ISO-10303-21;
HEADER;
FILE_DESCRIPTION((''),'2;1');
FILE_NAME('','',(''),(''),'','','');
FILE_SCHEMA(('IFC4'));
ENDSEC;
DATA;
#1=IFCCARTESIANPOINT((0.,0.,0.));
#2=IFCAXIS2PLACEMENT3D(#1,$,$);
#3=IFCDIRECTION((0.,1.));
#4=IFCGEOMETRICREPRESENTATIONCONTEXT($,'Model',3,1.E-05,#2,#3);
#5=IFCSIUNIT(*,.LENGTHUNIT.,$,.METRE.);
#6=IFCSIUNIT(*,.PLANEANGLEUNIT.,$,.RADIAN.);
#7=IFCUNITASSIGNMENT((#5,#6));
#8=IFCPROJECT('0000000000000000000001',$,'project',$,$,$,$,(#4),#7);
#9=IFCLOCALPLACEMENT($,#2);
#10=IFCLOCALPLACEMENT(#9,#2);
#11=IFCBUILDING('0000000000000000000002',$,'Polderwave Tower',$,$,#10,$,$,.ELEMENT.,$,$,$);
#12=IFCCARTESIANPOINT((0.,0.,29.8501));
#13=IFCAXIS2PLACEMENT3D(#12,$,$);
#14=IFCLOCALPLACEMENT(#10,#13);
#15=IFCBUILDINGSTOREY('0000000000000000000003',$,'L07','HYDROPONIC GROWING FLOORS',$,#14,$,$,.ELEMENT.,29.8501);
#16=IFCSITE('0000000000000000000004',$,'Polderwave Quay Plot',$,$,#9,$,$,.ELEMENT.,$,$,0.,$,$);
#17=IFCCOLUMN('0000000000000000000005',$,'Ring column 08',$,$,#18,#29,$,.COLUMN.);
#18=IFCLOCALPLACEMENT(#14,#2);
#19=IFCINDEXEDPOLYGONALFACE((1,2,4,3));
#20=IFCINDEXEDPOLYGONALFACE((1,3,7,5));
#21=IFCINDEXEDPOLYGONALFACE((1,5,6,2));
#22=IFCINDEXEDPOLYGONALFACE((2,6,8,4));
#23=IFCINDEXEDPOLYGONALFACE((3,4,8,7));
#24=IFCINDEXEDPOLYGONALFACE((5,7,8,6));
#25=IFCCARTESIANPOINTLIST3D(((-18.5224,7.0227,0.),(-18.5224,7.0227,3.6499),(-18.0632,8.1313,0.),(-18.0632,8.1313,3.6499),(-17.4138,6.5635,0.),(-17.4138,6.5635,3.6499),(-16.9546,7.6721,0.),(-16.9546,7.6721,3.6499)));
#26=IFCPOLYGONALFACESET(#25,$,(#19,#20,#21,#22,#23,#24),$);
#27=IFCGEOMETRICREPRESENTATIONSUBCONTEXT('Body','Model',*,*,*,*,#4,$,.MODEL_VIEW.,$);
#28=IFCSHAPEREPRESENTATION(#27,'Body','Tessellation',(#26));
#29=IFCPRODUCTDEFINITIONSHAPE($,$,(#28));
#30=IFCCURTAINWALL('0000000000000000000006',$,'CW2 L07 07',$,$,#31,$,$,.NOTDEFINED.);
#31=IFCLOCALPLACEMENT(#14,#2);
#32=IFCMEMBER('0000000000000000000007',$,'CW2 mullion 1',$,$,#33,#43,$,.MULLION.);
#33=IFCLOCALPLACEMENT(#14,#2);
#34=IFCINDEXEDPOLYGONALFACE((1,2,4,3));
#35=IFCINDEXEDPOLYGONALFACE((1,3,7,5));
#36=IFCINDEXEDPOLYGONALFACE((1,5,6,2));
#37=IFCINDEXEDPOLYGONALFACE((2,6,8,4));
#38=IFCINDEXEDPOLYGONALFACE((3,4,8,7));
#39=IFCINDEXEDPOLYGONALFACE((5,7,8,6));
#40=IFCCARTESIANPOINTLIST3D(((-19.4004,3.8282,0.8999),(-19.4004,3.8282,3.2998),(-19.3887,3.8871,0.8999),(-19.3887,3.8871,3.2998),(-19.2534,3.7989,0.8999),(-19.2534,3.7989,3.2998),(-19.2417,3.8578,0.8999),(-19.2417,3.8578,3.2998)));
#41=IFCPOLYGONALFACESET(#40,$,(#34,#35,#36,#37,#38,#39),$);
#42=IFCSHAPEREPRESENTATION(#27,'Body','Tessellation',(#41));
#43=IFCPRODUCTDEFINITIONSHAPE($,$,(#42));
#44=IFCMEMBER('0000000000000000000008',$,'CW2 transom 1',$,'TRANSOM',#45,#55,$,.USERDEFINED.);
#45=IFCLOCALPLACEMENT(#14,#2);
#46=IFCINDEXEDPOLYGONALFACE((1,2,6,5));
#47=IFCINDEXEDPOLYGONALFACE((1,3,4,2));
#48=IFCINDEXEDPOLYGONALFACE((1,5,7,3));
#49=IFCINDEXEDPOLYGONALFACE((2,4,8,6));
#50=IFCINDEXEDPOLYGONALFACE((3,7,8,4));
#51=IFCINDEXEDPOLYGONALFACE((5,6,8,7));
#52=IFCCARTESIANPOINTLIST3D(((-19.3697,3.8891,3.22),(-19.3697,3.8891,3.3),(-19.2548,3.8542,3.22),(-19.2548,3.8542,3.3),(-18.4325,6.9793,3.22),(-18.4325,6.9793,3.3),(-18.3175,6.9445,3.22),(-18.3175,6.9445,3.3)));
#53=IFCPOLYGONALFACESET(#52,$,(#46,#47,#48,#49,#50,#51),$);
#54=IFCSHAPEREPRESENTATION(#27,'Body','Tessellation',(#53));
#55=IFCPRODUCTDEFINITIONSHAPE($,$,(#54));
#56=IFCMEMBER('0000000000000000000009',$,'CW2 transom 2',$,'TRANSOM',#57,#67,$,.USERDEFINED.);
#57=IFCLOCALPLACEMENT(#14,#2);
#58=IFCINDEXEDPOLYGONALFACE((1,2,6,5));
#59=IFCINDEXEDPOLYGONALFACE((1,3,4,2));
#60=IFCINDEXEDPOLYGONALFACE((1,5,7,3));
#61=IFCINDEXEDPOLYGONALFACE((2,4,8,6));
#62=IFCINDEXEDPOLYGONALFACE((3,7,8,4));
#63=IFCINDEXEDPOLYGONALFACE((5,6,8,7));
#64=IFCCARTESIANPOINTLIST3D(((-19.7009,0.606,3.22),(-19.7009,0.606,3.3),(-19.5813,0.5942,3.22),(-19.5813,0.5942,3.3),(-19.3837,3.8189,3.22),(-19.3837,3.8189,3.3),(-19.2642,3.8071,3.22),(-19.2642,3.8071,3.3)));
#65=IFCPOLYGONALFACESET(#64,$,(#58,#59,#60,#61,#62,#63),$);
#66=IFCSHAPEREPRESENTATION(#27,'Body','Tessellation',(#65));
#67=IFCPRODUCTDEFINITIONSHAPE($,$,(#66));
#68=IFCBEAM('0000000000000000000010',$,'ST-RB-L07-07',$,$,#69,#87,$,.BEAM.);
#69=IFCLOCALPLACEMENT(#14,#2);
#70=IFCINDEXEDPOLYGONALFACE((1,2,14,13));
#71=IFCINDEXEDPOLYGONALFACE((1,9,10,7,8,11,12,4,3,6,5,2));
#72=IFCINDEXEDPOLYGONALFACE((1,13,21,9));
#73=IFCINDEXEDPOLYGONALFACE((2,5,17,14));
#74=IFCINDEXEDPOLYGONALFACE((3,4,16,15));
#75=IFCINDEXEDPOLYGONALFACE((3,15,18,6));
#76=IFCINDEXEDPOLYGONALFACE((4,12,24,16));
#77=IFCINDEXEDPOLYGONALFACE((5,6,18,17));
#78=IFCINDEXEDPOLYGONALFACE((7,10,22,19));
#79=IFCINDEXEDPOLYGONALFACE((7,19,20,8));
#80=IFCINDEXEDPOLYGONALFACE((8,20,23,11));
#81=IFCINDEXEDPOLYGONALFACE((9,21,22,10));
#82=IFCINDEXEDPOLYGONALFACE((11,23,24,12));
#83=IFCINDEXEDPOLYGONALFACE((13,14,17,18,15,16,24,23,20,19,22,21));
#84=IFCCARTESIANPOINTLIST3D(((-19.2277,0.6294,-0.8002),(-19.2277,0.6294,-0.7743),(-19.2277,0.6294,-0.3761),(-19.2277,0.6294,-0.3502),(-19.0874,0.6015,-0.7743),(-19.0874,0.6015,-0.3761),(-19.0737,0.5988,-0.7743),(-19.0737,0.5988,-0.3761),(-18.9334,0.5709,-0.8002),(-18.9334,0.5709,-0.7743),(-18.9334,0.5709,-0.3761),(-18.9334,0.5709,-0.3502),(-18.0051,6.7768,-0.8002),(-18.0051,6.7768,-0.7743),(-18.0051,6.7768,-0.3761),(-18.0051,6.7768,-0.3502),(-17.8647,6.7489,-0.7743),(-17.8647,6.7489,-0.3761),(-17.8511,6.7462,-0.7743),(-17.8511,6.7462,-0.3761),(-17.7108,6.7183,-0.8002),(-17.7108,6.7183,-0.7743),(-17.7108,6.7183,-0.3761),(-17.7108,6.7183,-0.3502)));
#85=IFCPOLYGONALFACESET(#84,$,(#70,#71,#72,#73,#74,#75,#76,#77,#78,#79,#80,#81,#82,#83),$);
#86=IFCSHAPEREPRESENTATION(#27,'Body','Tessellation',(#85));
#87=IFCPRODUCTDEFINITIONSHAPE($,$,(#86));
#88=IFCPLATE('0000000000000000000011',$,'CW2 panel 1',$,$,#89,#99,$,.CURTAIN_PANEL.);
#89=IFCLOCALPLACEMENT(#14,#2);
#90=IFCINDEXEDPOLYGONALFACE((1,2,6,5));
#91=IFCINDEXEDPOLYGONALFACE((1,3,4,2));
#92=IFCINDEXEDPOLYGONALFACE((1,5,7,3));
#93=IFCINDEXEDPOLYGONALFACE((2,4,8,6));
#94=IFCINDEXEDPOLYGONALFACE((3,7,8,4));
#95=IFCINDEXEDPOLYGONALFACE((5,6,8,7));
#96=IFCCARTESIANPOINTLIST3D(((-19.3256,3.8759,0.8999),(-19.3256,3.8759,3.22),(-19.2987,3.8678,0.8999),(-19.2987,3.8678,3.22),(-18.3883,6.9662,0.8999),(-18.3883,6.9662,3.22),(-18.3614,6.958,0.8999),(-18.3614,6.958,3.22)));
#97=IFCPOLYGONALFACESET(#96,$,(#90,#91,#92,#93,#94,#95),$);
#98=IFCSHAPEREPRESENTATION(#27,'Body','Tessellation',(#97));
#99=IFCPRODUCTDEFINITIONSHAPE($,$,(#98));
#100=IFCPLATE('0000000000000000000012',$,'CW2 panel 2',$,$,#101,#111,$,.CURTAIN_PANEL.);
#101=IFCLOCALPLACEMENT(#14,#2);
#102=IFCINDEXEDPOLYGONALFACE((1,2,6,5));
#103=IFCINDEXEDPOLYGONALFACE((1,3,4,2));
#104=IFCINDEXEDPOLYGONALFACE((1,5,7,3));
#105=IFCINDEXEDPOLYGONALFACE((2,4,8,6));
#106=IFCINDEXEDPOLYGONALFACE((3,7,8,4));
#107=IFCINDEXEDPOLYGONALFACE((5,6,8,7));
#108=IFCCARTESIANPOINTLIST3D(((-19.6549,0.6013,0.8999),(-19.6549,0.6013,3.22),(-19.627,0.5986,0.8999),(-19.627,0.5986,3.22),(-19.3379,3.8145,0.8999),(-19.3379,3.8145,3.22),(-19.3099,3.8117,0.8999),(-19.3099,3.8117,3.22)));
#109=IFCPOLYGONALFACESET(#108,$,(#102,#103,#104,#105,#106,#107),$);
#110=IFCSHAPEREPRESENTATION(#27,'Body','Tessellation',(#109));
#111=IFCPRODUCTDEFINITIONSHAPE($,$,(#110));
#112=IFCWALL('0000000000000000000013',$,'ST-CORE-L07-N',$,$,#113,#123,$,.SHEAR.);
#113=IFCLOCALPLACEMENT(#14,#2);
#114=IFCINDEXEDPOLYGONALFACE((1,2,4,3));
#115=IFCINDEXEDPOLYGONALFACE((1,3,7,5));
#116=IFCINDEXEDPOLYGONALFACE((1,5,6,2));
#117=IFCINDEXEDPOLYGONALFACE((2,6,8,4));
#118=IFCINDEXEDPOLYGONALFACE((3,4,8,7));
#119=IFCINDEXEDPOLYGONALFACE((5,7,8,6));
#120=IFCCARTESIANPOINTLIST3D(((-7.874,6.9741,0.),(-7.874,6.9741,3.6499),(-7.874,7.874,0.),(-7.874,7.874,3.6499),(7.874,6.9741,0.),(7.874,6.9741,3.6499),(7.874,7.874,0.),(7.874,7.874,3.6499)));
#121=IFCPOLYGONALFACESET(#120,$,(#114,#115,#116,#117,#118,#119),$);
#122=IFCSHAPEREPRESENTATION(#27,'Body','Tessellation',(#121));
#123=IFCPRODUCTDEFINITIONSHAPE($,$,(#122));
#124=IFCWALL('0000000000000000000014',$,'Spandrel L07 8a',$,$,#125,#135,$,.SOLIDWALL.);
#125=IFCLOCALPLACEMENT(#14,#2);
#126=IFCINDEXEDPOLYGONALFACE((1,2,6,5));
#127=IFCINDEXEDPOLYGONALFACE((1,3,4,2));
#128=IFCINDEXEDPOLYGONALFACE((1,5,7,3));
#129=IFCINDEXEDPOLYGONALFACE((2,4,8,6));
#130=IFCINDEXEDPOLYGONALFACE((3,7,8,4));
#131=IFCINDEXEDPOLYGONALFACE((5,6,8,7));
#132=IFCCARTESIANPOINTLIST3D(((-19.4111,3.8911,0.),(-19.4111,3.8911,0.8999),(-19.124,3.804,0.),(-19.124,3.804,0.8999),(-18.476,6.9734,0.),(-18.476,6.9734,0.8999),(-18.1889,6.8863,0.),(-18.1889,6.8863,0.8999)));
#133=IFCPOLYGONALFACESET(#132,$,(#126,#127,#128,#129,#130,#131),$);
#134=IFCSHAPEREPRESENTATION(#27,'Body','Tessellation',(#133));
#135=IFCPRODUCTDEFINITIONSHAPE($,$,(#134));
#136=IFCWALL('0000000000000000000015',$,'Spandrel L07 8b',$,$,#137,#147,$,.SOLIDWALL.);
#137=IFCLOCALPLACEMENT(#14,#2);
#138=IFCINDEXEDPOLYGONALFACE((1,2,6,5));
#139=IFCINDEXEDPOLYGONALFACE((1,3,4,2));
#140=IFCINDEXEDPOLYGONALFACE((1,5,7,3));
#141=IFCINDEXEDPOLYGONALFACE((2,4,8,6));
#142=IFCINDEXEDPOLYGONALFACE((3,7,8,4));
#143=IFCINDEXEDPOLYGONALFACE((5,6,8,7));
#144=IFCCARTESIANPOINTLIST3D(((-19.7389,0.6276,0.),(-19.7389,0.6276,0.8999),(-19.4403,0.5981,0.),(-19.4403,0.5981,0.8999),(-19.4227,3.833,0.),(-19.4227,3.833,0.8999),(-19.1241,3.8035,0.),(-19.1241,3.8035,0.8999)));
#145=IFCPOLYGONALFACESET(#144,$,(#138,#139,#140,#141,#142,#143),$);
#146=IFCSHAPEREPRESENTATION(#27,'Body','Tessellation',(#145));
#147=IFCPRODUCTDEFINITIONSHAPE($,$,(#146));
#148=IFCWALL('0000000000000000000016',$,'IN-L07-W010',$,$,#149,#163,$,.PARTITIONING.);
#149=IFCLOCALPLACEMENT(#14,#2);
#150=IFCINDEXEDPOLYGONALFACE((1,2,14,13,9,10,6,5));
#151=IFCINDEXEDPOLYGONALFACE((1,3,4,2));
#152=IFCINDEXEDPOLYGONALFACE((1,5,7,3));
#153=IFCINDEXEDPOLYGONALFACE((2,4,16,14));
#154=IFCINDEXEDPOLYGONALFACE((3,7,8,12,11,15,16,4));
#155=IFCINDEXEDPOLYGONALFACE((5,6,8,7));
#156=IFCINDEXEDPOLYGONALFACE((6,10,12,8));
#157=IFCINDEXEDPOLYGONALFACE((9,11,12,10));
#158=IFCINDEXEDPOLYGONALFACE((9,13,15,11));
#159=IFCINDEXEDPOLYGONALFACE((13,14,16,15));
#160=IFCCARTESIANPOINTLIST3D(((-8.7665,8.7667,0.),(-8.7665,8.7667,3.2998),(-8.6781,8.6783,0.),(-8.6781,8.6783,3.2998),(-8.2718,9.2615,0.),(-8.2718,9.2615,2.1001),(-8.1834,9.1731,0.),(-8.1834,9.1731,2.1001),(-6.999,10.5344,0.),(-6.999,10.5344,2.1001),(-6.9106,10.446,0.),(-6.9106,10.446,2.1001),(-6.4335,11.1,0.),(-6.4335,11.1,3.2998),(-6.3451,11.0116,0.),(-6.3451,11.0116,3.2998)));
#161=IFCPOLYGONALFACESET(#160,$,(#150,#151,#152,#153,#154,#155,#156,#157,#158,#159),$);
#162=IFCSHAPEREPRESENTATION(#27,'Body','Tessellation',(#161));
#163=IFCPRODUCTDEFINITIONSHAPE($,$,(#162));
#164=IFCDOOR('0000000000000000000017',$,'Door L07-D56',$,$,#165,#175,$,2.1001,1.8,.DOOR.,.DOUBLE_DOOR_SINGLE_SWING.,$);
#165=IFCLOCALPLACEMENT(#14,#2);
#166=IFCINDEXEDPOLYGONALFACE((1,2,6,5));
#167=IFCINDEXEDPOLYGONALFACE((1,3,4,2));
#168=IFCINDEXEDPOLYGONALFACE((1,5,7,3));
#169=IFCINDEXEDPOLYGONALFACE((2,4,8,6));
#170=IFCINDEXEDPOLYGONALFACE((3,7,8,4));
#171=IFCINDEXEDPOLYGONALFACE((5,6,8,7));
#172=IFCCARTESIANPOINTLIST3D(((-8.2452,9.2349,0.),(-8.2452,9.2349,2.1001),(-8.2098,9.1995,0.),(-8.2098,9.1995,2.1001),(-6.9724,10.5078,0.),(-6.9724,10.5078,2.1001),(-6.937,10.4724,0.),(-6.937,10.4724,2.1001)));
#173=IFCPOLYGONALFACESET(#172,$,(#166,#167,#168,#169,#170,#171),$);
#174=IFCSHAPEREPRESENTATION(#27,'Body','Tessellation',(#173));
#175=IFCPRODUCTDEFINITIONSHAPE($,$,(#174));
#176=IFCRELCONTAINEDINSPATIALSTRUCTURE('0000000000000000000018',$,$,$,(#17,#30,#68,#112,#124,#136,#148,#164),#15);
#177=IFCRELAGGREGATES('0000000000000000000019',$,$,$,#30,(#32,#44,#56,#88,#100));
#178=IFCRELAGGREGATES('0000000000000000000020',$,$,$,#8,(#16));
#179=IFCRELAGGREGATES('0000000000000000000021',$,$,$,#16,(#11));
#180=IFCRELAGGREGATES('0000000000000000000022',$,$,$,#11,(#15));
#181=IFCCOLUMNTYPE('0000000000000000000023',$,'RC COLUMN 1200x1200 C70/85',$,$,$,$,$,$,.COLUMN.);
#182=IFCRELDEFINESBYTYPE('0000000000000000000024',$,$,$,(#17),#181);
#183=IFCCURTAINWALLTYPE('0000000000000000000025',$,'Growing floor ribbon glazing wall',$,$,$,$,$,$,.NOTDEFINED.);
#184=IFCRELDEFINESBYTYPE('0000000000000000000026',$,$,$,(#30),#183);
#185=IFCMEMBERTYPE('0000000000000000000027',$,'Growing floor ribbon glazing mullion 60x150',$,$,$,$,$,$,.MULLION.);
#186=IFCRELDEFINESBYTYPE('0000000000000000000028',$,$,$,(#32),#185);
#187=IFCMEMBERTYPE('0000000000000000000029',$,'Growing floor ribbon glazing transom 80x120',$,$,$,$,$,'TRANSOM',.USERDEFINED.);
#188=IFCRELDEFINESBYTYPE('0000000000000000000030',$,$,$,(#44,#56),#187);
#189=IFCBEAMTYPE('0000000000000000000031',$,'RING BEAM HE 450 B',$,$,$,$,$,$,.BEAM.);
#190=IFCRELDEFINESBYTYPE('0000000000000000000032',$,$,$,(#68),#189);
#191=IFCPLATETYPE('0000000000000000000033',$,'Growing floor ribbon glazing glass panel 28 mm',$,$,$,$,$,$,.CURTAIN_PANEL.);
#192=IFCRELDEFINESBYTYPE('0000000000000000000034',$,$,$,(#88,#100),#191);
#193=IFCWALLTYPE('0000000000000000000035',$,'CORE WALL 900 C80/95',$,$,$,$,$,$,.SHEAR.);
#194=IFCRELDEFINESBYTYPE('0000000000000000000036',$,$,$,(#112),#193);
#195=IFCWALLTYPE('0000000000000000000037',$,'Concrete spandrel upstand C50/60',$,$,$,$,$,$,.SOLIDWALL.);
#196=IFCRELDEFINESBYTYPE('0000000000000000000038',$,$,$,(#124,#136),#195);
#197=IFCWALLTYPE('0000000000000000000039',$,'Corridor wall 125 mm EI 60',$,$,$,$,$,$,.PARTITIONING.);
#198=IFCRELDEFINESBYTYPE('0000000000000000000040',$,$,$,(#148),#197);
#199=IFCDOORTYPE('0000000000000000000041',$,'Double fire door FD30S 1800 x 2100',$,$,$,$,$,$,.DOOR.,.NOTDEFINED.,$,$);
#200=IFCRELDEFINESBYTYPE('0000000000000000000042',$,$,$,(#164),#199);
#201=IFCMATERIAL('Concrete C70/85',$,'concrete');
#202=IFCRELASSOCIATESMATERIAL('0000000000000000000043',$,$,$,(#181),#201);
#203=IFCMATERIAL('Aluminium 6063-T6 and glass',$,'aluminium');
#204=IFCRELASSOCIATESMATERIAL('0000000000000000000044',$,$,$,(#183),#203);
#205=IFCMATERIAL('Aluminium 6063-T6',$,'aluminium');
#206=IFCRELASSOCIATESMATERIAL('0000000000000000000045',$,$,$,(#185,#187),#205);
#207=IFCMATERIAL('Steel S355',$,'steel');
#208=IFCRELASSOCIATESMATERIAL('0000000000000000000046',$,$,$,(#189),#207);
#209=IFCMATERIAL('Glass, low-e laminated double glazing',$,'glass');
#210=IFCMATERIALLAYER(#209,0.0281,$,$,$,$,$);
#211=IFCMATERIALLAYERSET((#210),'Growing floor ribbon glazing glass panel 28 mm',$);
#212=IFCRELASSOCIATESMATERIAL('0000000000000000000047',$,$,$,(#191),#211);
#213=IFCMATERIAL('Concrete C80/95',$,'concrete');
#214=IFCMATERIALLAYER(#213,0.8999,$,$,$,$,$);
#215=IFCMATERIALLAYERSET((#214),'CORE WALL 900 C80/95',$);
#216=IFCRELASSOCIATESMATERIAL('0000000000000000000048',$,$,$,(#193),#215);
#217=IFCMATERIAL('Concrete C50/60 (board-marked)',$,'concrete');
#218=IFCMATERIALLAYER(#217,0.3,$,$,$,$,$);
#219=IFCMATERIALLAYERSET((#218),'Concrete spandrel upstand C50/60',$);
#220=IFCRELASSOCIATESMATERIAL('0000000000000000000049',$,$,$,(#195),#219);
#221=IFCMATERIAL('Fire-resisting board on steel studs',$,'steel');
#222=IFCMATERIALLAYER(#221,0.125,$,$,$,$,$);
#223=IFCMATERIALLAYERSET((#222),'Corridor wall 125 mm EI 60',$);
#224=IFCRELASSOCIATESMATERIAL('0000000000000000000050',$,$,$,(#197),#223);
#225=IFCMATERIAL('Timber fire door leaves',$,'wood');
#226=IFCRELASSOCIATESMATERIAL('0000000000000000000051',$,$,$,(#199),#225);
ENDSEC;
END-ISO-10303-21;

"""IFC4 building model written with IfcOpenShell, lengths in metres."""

from ifc_helpers import new_model, si_unit, direction, frame, frame_2d, origin, origin_2d, place, context, subcontext, project, spatial, rectangle, i_section, extrude, material, layer, layer_set, material_profile, profile_set, type_object, element, fill, aggregate, save


model = new_model("IFC4")

# Units and contexts
model_context = context("Model", 3, precision=1e-05, world=origin(), true_north=direction((0.0, 1.0)))
body_context = subcontext(model_context, "Body", "Model", "MODEL_VIEW")
ifc_project = project(units=[si_unit("LENGTHUNIT", "METRE"), si_unit("PLANEANGLEUNIT", "RADIAN")], contexts=[model_context])

# Site, building, storey
site_placement = place(None, origin())
site = spatial("IfcSite", under=ifc_project, at=site_placement, Name="Polderwave Quay Plot", CompositionType="ELEMENT", RefElevation=0.0)
building_placement = place(site_placement, origin())
building = spatial("IfcBuilding", under=site, at=building_placement, Name="Polderwave Tower", CompositionType="ELEMENT")
storey_placement = place(building_placement, frame((0.0, 0.0, 29.8501)))
storey = spatial("IfcBuildingStorey", under=building, at=storey_placement, Name="L07", Description="HYDROPONIC GROWING FLOORS", CompositionType="ELEMENT", Elevation=29.8501)

# Column
ifc_material_1 = material(Name="Concrete C70/85", Category="concrete")
ifc_material_profile_1 = material_profile(ifc_material_1, rectangle(XDim=1.2, YDim=1.2, at=origin_2d()), Name="RC 1200x1200")
ifc_profile_set_1 = profile_set([ifc_material_profile_1], Name="Concrete C70/85")
column_type = type_object("IfcColumnType", Name="RC COLUMN 1200x1200 C70/85", PredefinedType="COLUMN", material=ifc_profile_set_1)
column_placement = place(storey_placement, frame((-17.7385, 7.3474, 0.0), z_axis=(0.0, 0.0, 1.0), x_axis=(-0.92388, 0.382683, 0.0)))
element("IfcColumn", 1, at=column_placement, inside=storey, type_object=column_type, Name="Ring column 08", PredefinedType="COLUMN", context=body_context, shape_type="SweptSolid", body=[
    extrude(rectangle(XDim=1.2, YDim=1.2, at=origin_2d()), origin(), (0.0, 0.0, 1.0), 3.6499),
])

# Curtain wall, members
ifc_material_2 = material(Name="Aluminium 6063-T6 and glass", Category="aluminium")
curtain_wall_type = type_object("IfcCurtainWallType", Name="Growing floor ribbon glazing wall", PredefinedType="NOTDEFINED", material=ifc_material_2)
curtain_wall_placement = place(storey_placement, origin())
curtain_wall = element("IfcCurtainWall", 2, at=curtain_wall_placement, inside=storey, type_object=curtain_wall_type, Name="CW2 L07 07", PredefinedType="NOTDEFINED")
ifc_material_3 = material(Name="Aluminium 6063-T6", Category="aluminium")
ifc_material_profile_2 = material_profile(ifc_material_3, rectangle(XDim=0.1499, YDim=0.0601, at=origin_2d()), Name="AL 60x150")
ifc_profile_set_2 = profile_set([ifc_material_profile_2], Name="Aluminium 6063-T6")
member_type_1 = type_object("IfcMemberType", Name="Growing floor ribbon glazing mullion 60x150", PredefinedType="MULLION", material=ifc_profile_set_2)
member_1_placement = place(storey_placement, frame((-19.321, 3.843, 0.8999), z_axis=(0.0, 0.0, 1.0), x_axis=(0.980772, -0.195159, 0.0)))
member_1 = element("IfcMember", 3, at=member_1_placement, type_object=member_type_1, Name="CW2 mullion 1", PredefinedType="MULLION", context=body_context, shape_type="SweptSolid", body=[
    extrude(rectangle(XDim=0.1499, YDim=0.0601, at=origin_2d()), origin(), (0.0, 0.0, 1.0), 2.3999),
])
ifc_material_profile_3 = material_profile(ifc_material_3, rectangle(XDim=0.1201, YDim=0.0801, at=origin_2d()), Name="AL 80x120")
ifc_profile_set_3 = profile_set([ifc_material_profile_3], Name="Aluminium 6063-T6")
member_type_2 = type_object("IfcMemberType", Name="Growing floor ribbon glazing transom 80x120", ElementType="TRANSOM", PredefinedType="USERDEFINED", material=ifc_profile_set_3)
member_2_placement = place(storey_placement, frame((-18.375, 6.9619, 3.26), z_axis=(-0.290232, -0.956956, 0.0), x_axis=(0.956956, -0.290232, 0.0)))
member_2 = element("IfcMember", 4, at=member_2_placement, type_object=member_type_2, Name="CW2 transom 1", ObjectType="TRANSOM", PredefinedType="USERDEFINED", context=body_context, shape_type="SweptSolid", body=[
    extrude(rectangle(XDim=0.1201, YDim=0.0801, at=origin_2d()), origin(), (0.0, 0.0, 1.0), 3.2292),
])
member_3_placement = place(storey_placement, frame((-19.324, 3.813, 3.26), z_axis=(-0.098231, -0.995164, 0.0), x_axis=(0.995164, -0.098231, 0.0)))
member_3 = element("IfcMember", 5, at=member_3_placement, type_object=member_type_2, Name="CW2 transom 2", ObjectType="TRANSOM", PredefinedType="USERDEFINED", context=body_context, shape_type="SweptSolid", body=[
    extrude(rectangle(XDim=0.1201, YDim=0.0801, at=origin_2d()), origin(), (0.0, 0.0, 1.0), 3.2285),
])

# Beam
ifc_material_4 = material(Name="Steel S355", Category="steel")
ifc_material_profile_4 = material_profile(ifc_material_4, i_section(OverallWidth=0.3, OverallDepth=0.45, WebThickness=0.0139, FlangeThickness=0.0259, at=origin_2d()), Name="HE 450 B")
ifc_profile_set_4 = profile_set([ifc_material_profile_4], Name="Steel S355")
beam_type = type_object("IfcBeamType", Name="RING BEAM HE 450 B", PredefinedType="BEAM", material=ifc_profile_set_4)
beam_placement = place(storey_placement, frame((-17.8579, 6.7476, -0.5752), z_axis=(-0.195067, -0.98079, 0.0), x_axis=(0.98079, -0.195067, 0.0)))
element("IfcBeam", 6, at=beam_placement, inside=storey, type_object=beam_type, Name="ST-RB-L07-07", PredefinedType="BEAM", context=body_context, shape_type="SweptSolid", body=[
    extrude(i_section(OverallWidth=0.3, OverallDepth=0.45, WebThickness=0.0139, FlangeThickness=0.0259, at=origin_2d()), origin(), (0.0, 0.0, 1.0), 6.2678),
])

# Plates
ifc_material_5 = material(Name="Glass, low-e laminated double glazing", Category="glass")
ifc_layer_1 = layer(ifc_material_5, 0.0281)
ifc_layer_set_1 = layer_set([ifc_layer_1], Name="Growing floor ribbon glazing glass panel 28 mm")
plate_type = type_object("IfcPlateType", Name="Growing floor ribbon glazing glass panel 28 mm", PredefinedType="CURTAIN_PANEL", material=ifc_layer_set_1)
plate_1_placement = place(storey_placement, frame((-18.8435, 5.417, 0.8999), z_axis=(0.0, 0.0, 1.0), x_axis=(-0.290246, -0.956952, 0.0)))
plate_1 = element("IfcPlate", 7, at=plate_1_placement, type_object=plate_type, Name="CW2 panel 1", PredefinedType="CURTAIN_PANEL", context=body_context, shape_type="SweptSolid", body=[
    extrude(rectangle(XDim=3.2292, YDim=0.0281, at=origin_2d()), origin(), (0.0, 0.0, 1.0), 2.3201),
])
plate_2_placement = place(storey_placement, frame((-19.4824, 2.2065, 0.8999), z_axis=(0.0, 0.0, 1.0), x_axis=(-0.098198, -0.995167, 0.0)))
plate_2 = element("IfcPlate", 8, at=plate_2_placement, type_object=plate_type, Name="CW2 panel 2", PredefinedType="CURTAIN_PANEL", context=body_context, shape_type="SweptSolid", body=[
    extrude(rectangle(XDim=3.2288, YDim=0.0281, at=origin_2d()), origin(), (0.0, 0.0, 1.0), 2.3201),
])
aggregate(curtain_wall, [member_1, member_2, member_3, plate_1, plate_2])

# Walls
ifc_material_6 = material(Name="Concrete C80/95", Category="concrete")
ifc_layer_2 = layer(ifc_material_6, 0.8999)
ifc_layer_set_2 = layer_set([ifc_layer_2], Name="CORE WALL 900 C80/95")
wall_type_1 = type_object("IfcWallType", Name="CORE WALL 900 C80/95", PredefinedType="SHEAR", material=ifc_layer_set_2)
wall_1_placement = place(storey_placement, frame((-7.874, 7.4241, 0.0), z_axis=(0.0, 0.0, 1.0), x_axis=(1.0, 0.0, 0.0)))
element("IfcWall", 9, at=wall_1_placement, inside=storey, type_object=wall_type_1, Name="ST-CORE-L07-N", PredefinedType="SHEAR", context=body_context, shape_type="SweptSolid", body=[
    extrude(rectangle(XDim=15.748, YDim=0.8999, at=frame_2d((7.874, 0.0))), origin(), (0.0, 0.0, 1.0), 3.6499),
])
ifc_material_7 = material(Name="Concrete C50/60 (board-marked)", Category="concrete")
ifc_layer_3 = layer(ifc_material_7, 0.3)
ifc_layer_set_3 = layer_set([ifc_layer_3], Name="Concrete spandrel upstand C50/60")
wall_type_2 = type_object("IfcWallType", Name="Concrete spandrel upstand C50/60", PredefinedType="SOLIDWALL", material=ifc_layer_set_3)
for number, where, z_axis, x_axis, name in (
    (10, (-18.3325, 6.9297, 0.0), (0.0, 0.0, 1.0), (-0.290302, -0.956935, 0.0), "Spandrel L07 8a"),
    (11, (-19.2734, 3.8181, 0.0), (0.0, 0.0, 1.0), (-0.09816, -0.995171, 0.0), "Spandrel L07 8b"),
):
    element("IfcWall", number, at=place(storey_placement, frame(where, z_axis=z_axis, x_axis=x_axis)), inside=storey, type_object=wall_type_2, Name=name, PredefinedType="SOLIDWALL", context=body_context, shape_type="SweptSolid", body=[
        extrude(rectangle(XDim=3.2209, YDim=0.3, at=frame_2d((1.6104, 0.0))), origin(), (0.0, 0.0, 1.0), 0.8999),
    ])

# Wall, opening, door
ifc_material_8 = material(Name="Fire-resisting board on steel studs", Category="steel")
ifc_layer_4 = layer(ifc_material_8, 0.125)
ifc_layer_set_4 = layer_set([ifc_layer_4], Name="Corridor wall 125 mm EI 60")
wall_type_3 = type_object("IfcWallType", Name="Corridor wall 125 mm EI 60", PredefinedType="PARTITIONING", material=ifc_layer_set_4)
wall_2_placement = place(storey_placement, frame((-8.7224, 8.7224, 0.0), z_axis=(0.0, 0.0, 1.0), x_axis=(0.70707, 0.707144, 0.0)))
wall_2 = element("IfcWall", 12, at=wall_2_placement, inside=storey, type_object=wall_type_3, Name="IN-L07-W010", PredefinedType="PARTITIONING", context=body_context, shape_type="SweptSolid", body=[
    extrude(rectangle(XDim=3.2996, YDim=0.125, at=frame_2d((1.6499, 0.0))), origin(), (0.0, 0.0, 1.0), 3.2998),
])
opening_1_placement = place(wall_2_placement, frame((0.7, 0.0, 0.0)))
opening_1 = element("IfcOpeningElement", 13, at=opening_1_placement, cuts=wall_2, PredefinedType="OPENING", context=body_context, shape_type="SweptSolid", body=[
    extrude(rectangle(XDim=1.8, YDim=2.1001, at=frame_2d((0.8999, 1.05))), frame((0.0, 0.0725, 0.0), z_axis=(0.0, -1.0, 0.0), x_axis=(1.0, 0.0, 0.0)), (0.0, 0.0, 1.0), 0.145),
])
ifc_material_9 = material(Name="Timber fire door leaves", Category="wood")
door_type_1 = type_object("IfcDoorType", Name="Double fire door FD30S 1800 x 2100", OperationType="NOTDEFINED", PredefinedType="DOOR", material=ifc_material_9)
door_1_placement = place(opening_1_placement, origin())
door_1 = element("IfcDoor", 14, at=door_1_placement, inside=storey, type_object=door_type_1, Name="Door L07-D56", OperationType="DOUBLE_DOOR_SINGLE_SWING", OverallHeight=2.1001, OverallWidth=1.8, PredefinedType="DOOR", context=body_context, shape_type="SweptSolid", body=[
    extrude(rectangle(XDim=1.8, YDim=2.1001, at=frame_2d((0.8999, 1.05))), frame((0.0, 0.0249, 0.0), z_axis=(0.0, -1.0, 0.0), x_axis=(1.0, 0.0, 0.0)), (0.0, 0.0, 1.0), 0.05),
])
fill(opening_1, door_1)

save(model, "model.ifc")
